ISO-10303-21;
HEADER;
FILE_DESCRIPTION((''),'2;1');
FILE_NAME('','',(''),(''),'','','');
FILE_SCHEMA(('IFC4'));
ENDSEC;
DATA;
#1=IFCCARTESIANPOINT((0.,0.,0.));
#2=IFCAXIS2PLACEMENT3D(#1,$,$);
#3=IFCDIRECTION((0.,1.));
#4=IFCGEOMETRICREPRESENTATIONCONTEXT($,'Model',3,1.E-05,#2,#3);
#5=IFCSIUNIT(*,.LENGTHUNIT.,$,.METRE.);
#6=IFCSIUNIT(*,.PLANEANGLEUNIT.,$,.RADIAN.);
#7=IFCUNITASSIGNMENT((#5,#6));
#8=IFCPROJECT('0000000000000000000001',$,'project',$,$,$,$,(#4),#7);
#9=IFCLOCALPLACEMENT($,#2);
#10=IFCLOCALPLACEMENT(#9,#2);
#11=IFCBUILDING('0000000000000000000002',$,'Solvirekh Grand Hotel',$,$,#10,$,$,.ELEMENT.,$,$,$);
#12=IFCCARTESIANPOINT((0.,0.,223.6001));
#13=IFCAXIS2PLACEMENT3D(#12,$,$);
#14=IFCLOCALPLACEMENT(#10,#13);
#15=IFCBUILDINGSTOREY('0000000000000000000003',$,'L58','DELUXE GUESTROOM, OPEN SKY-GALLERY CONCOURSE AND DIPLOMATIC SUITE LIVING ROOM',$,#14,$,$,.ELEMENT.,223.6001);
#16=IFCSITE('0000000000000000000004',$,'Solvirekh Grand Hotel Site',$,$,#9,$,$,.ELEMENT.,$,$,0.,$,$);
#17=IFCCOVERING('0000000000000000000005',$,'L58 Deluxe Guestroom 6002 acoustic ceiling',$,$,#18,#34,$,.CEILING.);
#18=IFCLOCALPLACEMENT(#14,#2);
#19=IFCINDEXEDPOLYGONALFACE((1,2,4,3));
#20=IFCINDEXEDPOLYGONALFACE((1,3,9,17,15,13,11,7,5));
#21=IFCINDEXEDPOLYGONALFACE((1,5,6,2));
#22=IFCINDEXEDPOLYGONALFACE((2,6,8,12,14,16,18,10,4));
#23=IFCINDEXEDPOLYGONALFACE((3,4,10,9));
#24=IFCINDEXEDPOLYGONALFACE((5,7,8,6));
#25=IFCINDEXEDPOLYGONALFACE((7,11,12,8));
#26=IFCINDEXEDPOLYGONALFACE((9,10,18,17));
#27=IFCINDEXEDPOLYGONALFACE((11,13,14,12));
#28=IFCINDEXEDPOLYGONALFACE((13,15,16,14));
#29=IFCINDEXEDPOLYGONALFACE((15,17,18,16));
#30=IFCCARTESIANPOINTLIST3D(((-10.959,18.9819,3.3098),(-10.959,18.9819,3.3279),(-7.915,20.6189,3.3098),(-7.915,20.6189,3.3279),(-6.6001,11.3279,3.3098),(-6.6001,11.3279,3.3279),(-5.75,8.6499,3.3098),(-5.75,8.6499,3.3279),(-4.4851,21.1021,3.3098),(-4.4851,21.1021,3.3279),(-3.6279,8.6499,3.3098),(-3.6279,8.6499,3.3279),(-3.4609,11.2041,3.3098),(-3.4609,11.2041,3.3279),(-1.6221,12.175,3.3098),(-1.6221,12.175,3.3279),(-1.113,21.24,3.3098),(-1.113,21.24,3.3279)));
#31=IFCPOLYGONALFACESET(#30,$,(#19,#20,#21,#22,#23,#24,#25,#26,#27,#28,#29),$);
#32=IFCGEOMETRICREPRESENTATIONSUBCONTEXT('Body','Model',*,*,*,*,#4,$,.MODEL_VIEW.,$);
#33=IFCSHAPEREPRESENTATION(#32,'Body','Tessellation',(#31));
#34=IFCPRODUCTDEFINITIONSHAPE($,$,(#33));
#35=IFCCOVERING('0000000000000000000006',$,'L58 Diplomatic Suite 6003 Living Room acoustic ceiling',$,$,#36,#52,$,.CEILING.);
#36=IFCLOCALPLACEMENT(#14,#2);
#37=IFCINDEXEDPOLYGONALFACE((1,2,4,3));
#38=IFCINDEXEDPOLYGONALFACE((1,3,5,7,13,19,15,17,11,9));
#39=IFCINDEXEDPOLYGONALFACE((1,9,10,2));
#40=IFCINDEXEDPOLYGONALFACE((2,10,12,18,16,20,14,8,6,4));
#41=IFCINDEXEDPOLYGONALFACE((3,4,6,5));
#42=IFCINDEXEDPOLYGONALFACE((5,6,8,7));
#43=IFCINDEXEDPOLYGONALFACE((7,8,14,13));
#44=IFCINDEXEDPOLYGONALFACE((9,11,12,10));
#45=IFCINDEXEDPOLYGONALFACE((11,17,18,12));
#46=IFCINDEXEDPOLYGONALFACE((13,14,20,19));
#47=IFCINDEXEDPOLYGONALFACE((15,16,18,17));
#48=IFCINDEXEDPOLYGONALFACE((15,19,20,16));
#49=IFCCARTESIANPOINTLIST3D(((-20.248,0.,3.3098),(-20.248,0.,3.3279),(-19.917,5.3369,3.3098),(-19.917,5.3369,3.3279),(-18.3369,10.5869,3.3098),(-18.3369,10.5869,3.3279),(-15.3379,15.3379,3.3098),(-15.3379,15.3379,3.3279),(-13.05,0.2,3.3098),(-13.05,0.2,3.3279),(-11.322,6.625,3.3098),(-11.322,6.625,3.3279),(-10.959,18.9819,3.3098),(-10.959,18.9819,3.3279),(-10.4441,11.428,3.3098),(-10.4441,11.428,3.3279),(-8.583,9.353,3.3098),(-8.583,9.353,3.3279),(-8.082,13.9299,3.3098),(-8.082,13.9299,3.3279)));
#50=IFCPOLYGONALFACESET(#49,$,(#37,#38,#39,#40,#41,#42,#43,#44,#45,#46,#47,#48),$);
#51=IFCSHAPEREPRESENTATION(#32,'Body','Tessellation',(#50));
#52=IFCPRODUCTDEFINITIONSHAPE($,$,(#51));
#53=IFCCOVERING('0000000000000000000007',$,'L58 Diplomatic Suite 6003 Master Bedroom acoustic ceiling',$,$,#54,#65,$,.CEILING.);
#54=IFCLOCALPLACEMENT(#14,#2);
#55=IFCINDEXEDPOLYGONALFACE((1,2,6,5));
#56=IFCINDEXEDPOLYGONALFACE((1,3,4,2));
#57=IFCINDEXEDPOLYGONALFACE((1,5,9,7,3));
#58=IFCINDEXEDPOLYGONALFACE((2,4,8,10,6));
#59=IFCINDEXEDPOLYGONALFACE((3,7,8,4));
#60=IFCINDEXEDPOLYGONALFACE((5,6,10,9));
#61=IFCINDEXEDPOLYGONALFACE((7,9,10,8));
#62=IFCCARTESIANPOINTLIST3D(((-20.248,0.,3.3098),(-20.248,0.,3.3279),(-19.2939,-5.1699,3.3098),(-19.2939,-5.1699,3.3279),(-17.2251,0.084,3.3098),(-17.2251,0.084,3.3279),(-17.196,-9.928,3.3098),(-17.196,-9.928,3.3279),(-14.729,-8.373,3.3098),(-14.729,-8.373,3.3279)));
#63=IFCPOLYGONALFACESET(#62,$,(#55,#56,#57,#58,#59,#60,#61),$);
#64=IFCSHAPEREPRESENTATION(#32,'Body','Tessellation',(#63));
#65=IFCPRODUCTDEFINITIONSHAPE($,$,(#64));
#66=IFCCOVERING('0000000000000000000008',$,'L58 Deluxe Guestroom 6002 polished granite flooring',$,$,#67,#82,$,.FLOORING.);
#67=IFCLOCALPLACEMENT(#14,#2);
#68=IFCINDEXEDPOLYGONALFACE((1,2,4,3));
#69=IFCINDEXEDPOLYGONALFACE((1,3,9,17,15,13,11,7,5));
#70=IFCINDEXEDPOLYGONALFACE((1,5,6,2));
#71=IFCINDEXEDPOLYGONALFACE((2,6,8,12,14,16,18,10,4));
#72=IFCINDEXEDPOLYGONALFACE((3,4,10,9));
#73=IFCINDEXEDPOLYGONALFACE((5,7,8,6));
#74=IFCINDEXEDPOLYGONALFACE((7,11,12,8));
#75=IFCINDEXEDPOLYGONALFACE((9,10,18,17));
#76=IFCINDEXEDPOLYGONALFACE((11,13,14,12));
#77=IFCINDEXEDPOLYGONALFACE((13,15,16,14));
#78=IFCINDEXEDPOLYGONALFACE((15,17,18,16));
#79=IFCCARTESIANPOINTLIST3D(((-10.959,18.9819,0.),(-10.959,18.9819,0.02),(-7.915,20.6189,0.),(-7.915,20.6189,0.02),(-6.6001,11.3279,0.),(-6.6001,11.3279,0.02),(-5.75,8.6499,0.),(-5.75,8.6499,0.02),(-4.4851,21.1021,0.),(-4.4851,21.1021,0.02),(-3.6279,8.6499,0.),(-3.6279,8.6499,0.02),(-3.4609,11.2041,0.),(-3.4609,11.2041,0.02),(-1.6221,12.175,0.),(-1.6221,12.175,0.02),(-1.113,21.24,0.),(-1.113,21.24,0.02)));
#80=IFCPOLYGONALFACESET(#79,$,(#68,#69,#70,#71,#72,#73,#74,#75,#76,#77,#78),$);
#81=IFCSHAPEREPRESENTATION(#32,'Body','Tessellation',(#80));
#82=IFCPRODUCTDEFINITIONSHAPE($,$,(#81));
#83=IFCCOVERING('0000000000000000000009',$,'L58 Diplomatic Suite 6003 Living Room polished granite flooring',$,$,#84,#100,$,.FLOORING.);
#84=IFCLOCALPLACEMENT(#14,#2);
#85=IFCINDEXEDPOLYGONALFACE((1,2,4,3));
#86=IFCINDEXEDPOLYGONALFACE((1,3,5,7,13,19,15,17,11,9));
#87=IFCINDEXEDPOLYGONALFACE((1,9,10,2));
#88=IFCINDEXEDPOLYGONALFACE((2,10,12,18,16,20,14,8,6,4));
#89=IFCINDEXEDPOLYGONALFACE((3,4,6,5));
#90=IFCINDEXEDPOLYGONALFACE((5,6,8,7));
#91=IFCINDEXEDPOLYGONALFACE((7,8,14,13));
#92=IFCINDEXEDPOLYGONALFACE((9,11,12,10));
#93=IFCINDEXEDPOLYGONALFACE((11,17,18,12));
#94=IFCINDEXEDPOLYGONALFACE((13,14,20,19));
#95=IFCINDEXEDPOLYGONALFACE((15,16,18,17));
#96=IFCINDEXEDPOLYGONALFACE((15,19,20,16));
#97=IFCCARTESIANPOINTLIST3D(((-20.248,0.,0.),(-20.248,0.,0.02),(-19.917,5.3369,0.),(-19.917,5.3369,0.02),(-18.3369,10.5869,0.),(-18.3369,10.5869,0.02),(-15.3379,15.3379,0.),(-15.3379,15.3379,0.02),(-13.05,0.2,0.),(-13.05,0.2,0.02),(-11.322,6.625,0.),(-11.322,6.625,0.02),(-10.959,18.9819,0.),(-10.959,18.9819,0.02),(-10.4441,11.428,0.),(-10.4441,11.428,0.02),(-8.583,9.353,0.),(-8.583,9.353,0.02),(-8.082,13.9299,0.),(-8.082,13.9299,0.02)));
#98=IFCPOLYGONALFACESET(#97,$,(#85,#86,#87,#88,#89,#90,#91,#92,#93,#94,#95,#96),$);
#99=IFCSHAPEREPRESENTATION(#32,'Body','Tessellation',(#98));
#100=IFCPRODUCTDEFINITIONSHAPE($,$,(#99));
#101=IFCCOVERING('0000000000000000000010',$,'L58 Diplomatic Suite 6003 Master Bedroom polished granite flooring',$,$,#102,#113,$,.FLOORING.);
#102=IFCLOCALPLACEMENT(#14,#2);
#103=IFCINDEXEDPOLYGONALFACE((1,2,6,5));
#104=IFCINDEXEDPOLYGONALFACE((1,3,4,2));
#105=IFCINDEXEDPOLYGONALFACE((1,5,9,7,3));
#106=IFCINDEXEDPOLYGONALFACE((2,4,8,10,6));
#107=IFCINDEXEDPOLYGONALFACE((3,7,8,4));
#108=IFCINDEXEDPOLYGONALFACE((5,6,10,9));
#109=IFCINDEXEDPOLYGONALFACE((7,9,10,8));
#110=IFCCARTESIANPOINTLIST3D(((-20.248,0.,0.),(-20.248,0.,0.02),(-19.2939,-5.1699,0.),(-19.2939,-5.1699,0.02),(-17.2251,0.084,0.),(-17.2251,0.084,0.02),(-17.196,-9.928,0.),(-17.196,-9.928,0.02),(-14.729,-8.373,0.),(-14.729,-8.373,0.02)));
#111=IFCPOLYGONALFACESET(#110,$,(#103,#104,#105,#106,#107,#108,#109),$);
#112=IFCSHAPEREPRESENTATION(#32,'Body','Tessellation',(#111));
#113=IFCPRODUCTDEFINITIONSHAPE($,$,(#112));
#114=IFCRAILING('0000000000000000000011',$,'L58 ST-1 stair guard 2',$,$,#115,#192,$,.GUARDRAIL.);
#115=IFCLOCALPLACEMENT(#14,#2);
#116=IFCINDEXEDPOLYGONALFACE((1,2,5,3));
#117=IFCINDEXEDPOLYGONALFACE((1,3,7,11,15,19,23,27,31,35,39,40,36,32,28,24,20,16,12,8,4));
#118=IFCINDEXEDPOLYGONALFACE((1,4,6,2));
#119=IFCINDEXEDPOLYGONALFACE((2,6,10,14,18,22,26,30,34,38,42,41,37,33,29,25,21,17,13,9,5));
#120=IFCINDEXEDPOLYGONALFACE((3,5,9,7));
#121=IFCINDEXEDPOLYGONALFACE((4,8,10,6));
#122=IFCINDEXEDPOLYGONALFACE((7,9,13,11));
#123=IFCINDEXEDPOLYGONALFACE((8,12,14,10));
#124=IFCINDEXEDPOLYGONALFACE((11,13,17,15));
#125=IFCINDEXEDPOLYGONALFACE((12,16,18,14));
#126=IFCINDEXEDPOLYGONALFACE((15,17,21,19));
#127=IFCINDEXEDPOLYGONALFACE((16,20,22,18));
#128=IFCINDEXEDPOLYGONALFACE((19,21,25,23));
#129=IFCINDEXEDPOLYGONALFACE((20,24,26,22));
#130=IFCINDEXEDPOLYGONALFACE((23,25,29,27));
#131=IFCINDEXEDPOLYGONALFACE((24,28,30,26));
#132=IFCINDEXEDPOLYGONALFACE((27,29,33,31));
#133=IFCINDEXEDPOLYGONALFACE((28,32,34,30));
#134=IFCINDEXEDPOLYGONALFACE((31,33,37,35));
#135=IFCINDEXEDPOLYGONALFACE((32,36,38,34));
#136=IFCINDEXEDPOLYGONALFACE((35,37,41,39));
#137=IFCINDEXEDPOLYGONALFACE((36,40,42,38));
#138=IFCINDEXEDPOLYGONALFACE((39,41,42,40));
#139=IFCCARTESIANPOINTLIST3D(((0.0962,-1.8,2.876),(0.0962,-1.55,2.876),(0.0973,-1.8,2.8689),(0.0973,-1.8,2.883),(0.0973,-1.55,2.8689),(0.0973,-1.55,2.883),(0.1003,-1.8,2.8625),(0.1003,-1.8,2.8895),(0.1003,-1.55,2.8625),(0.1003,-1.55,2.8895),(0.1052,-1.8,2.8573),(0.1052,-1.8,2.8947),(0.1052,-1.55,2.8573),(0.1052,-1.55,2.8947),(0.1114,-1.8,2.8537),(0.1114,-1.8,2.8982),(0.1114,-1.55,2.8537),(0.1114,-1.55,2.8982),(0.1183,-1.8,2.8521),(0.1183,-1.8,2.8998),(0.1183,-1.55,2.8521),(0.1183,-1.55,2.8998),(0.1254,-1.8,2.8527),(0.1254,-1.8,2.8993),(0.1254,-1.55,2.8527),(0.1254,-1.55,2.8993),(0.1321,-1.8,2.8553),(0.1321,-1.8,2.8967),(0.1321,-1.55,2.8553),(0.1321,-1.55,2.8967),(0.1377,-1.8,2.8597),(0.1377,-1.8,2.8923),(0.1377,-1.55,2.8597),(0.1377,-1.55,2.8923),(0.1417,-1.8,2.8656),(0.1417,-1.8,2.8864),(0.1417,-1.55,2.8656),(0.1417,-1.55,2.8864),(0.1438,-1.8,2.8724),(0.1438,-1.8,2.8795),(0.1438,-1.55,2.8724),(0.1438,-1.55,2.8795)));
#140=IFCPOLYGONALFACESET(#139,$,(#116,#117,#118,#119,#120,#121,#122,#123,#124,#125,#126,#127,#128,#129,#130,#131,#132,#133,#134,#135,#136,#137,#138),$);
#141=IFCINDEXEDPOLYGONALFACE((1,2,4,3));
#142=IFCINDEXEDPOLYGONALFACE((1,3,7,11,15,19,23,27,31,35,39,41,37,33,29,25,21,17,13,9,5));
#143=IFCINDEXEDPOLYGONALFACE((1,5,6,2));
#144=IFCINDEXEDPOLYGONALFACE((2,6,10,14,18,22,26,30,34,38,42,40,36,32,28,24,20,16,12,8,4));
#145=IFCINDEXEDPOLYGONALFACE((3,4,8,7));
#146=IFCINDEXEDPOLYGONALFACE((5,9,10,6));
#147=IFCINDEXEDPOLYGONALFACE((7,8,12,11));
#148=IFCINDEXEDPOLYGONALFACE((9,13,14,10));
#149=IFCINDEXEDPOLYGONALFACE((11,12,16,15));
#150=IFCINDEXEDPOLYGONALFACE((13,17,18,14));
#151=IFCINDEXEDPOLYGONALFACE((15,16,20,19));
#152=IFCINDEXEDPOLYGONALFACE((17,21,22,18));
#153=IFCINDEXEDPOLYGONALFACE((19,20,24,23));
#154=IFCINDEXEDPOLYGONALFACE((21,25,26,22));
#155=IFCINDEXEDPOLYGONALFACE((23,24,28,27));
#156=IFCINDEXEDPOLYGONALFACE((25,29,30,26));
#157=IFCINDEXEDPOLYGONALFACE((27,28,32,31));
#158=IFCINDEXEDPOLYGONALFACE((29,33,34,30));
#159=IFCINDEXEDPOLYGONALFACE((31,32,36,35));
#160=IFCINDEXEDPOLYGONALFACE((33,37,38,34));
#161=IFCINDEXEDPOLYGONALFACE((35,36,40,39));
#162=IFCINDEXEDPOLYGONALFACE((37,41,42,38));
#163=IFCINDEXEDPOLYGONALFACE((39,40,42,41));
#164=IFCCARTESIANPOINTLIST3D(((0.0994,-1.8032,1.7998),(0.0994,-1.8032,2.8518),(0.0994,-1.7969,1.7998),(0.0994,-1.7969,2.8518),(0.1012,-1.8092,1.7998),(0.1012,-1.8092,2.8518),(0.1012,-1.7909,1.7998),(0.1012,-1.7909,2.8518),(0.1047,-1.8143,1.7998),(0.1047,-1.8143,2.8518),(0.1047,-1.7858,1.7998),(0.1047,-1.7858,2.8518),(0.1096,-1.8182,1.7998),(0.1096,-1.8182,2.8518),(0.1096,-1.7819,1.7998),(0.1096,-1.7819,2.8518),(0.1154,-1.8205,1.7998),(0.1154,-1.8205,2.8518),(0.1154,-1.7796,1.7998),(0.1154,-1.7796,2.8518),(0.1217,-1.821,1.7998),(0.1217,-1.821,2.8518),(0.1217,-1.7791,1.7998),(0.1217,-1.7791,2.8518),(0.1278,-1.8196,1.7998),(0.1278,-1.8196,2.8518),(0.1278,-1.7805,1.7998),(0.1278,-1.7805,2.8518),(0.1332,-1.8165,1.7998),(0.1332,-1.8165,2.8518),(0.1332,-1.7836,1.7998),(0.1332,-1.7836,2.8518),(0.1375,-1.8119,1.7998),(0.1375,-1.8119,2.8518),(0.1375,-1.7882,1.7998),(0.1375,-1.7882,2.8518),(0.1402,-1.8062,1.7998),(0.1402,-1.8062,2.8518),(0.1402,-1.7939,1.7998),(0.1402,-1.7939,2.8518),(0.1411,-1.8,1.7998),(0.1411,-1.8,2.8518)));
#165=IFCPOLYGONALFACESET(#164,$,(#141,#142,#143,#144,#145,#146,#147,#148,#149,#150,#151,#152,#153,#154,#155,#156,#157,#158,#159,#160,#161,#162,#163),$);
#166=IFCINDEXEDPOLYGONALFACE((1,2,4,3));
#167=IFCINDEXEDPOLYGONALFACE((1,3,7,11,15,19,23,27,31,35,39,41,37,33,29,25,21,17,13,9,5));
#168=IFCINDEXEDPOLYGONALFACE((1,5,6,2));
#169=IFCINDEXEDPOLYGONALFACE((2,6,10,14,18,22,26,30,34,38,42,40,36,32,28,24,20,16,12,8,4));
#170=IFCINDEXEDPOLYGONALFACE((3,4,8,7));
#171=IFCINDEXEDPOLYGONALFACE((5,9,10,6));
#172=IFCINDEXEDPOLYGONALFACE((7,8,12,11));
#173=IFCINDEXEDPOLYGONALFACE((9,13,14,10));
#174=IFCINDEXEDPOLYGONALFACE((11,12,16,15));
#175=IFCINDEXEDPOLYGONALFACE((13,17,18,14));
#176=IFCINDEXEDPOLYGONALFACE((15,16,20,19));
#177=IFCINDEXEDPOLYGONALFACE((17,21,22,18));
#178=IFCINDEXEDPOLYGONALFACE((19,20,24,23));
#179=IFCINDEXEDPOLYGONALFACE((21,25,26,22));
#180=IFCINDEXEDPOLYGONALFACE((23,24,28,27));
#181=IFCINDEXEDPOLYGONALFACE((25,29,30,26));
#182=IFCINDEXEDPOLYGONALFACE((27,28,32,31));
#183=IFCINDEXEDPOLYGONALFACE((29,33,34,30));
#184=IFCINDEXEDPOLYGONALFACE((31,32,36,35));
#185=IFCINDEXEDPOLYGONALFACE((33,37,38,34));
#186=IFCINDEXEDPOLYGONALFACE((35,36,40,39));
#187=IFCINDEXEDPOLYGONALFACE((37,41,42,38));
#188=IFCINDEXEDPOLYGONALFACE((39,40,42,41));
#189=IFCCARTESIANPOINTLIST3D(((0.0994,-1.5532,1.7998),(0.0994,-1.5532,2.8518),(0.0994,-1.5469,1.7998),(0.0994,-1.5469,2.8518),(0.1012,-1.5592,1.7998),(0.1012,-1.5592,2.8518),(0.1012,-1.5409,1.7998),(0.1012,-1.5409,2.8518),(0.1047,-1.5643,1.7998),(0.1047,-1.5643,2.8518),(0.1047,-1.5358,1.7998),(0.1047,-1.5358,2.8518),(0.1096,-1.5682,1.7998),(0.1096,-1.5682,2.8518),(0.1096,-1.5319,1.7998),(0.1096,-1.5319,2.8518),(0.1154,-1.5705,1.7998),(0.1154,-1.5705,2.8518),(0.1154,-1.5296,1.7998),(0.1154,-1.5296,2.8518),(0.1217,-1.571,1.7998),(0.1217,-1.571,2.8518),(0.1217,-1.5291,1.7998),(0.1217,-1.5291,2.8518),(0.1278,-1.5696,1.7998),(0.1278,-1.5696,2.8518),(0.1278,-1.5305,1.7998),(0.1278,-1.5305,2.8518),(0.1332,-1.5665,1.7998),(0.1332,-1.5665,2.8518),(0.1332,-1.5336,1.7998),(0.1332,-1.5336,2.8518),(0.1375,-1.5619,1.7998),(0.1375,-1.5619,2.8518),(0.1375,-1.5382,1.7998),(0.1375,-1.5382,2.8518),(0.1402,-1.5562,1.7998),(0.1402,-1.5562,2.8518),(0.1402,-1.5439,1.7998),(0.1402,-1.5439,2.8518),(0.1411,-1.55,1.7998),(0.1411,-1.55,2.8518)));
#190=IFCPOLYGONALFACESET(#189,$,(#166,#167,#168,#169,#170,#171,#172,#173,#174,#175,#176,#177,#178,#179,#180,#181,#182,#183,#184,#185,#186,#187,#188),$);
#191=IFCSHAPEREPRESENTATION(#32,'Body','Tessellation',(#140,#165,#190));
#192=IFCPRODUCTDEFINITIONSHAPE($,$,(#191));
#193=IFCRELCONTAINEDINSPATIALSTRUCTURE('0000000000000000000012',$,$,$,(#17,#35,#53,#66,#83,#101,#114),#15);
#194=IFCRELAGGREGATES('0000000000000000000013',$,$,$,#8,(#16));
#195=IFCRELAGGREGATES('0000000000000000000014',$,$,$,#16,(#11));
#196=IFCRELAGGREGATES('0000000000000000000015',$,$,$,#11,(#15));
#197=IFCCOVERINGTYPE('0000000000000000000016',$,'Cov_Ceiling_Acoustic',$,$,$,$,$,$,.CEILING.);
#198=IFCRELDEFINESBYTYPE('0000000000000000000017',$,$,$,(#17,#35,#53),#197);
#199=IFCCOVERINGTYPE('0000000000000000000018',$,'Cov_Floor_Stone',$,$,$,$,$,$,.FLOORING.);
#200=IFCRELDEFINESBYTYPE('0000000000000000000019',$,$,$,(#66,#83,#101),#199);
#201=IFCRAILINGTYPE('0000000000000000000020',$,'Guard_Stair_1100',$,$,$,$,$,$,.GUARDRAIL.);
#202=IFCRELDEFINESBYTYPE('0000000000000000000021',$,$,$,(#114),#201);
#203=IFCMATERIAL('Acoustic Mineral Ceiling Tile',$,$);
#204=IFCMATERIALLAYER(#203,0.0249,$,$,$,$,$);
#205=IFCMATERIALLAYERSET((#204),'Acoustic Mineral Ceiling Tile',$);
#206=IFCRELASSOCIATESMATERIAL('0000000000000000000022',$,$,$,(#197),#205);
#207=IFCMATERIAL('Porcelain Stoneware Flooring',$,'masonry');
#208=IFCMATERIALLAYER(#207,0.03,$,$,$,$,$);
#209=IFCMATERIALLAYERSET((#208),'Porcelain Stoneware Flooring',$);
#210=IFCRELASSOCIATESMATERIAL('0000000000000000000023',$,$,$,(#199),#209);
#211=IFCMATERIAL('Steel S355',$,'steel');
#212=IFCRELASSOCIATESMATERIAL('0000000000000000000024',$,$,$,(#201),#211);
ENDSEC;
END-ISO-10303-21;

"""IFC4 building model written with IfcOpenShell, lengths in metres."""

from ifc_helpers import new_model, si_unit, direction, frame, origin, origin_2d, place, context, subcontext, project, spatial, polyline, circle, outline, extrude, material, layer, layer_set, type_object, element, save


model = new_model("IFC4")

# Units and contexts
model_context = context("Model", 3, precision=1e-05, world=origin(), true_north=direction((0.0, 1.0)))
body_context = subcontext(model_context, "Body", "Model", "MODEL_VIEW")
ifc_project = project(units=[si_unit("LENGTHUNIT", "METRE"), si_unit("PLANEANGLEUNIT", "RADIAN")], contexts=[model_context])

# Site, building, storey
site_placement = place(None, origin())
site = spatial("IfcSite", under=ifc_project, at=site_placement, Name="Solvirekh Grand Hotel Site", CompositionType="ELEMENT", RefElevation=0.0)
building_placement = place(site_placement, origin())
building = spatial("IfcBuilding", under=site, at=building_placement, Name="Solvirekh Grand Hotel", CompositionType="ELEMENT")
storey_placement = place(building_placement, frame((0.0, 0.0, 223.6001)))
storey = spatial("IfcBuildingStorey", under=building, at=storey_placement, Name="L58", Description="DELUXE GUESTROOM, OPEN SKY-GALLERY CONCOURSE AND DIPLOMATIC SUITE LIVING ROOM", CompositionType="ELEMENT", Elevation=223.6001)

# Coverings
ifc_material_1 = material(Name="Acoustic Mineral Ceiling Tile")
ifc_layer_1 = layer(ifc_material_1, 0.0249)
ifc_layer_set_1 = layer_set([ifc_layer_1], Name="Acoustic Mineral Ceiling Tile")
covering_type_1 = type_object("IfcCoveringType", Name="Cov_Ceiling_Acoustic", PredefinedType="CEILING", material=ifc_layer_set_1)
covering_1_placement = place(storey_placement, frame((0.0, 0.0, 3.3098)))
element("IfcCovering", 1, at=covering_1_placement, inside=storey, type_object=covering_type_1, Name="L58 Deluxe Guestroom 6002 acoustic ceiling", PredefinedType="CEILING", context=body_context, shape_type="SweptSolid", body=[
    extrude(outline(polyline([(-3.6279, 8.6499), (-3.4609, 11.2041), (-1.6221, 12.175), (-1.113, 21.24), (-4.4851, 21.1021), (-7.915, 20.6189), (-10.959, 18.9819), (-6.6001, 11.3279), (-5.75, 8.6499), (-3.6279, 8.6499)])), origin(), (0.0, 0.0, 1.0), 0.0181),
])
covering_2_placement = place(storey_placement, frame((0.0, 0.0, 3.3098)))
element("IfcCovering", 2, at=covering_2_placement, inside=storey, type_object=covering_type_1, Name="L58 Diplomatic Suite 6003 Living Room acoustic ceiling", PredefinedType="CEILING", context=body_context, shape_type="SweptSolid", body=[
    extrude(outline(polyline([(-10.4441, 11.428), (-8.082, 13.9299), (-10.959, 18.9819), (-15.3379, 15.3379), (-18.3369, 10.5869), (-19.917, 5.3369), (-20.248, 0.0), (-13.05, 0.2), (-11.322, 6.625), (-8.583, 9.353), (-10.4441, 11.428)])), origin(), (0.0, 0.0, 1.0), 0.0181),
])
covering_3_placement = place(storey_placement, frame((0.0, 0.0, 3.3098)))
element("IfcCovering", 3, at=covering_3_placement, inside=storey, type_object=covering_type_1, Name="L58 Diplomatic Suite 6003 Master Bedroom acoustic ceiling", PredefinedType="CEILING", context=body_context, shape_type="SweptSolid", body=[
    extrude(outline(polyline([(-20.248, 0.0), (-19.2939, -5.1699), (-17.196, -9.928), (-14.729, -8.373), (-17.2251, 0.084), (-20.248, 0.0)])), origin(), (0.0, 0.0, 1.0), 0.0181),
])
ifc_material_2 = material(Name="Porcelain Stoneware Flooring", Category="masonry")
ifc_layer_2 = layer(ifc_material_2, 0.03)
ifc_layer_set_2 = layer_set([ifc_layer_2], Name="Porcelain Stoneware Flooring")
covering_type_2 = type_object("IfcCoveringType", Name="Cov_Floor_Stone", PredefinedType="FLOORING", material=ifc_layer_set_2)
covering_4_placement = place(storey_placement, origin())
element("IfcCovering", 4, at=covering_4_placement, inside=storey, type_object=covering_type_2, Name="L58 Deluxe Guestroom 6002 polished granite flooring", PredefinedType="FLOORING", context=body_context, shape_type="SweptSolid", body=[
    extrude(outline(polyline([(-3.6279, 8.6499), (-3.4609, 11.2041), (-1.6221, 12.175), (-1.113, 21.24), (-4.4851, 21.1021), (-7.915, 20.6189), (-10.959, 18.9819), (-6.6001, 11.3279), (-5.75, 8.6499), (-3.6279, 8.6499)])), origin(), (0.0, 0.0, 1.0), 0.02),
])
covering_5_placement = place(storey_placement, origin())
element("IfcCovering", 5, at=covering_5_placement, inside=storey, type_object=covering_type_2, Name="L58 Diplomatic Suite 6003 Living Room polished granite flooring", PredefinedType="FLOORING", context=body_context, shape_type="SweptSolid", body=[
    extrude(outline(polyline([(-10.4441, 11.428), (-8.082, 13.9299), (-10.959, 18.9819), (-15.3379, 15.3379), (-18.3369, 10.5869), (-19.917, 5.3369), (-20.248, 0.0), (-13.05, 0.2), (-11.322, 6.625), (-8.583, 9.353), (-10.4441, 11.428)])), origin(), (0.0, 0.0, 1.0), 0.02),
])
covering_6_placement = place(storey_placement, origin())
element("IfcCovering", 6, at=covering_6_placement, inside=storey, type_object=covering_type_2, Name="L58 Diplomatic Suite 6003 Master Bedroom polished granite flooring", PredefinedType="FLOORING", context=body_context, shape_type="SweptSolid", body=[
    extrude(outline(polyline([(-20.248, 0.0), (-19.2939, -5.1699), (-17.196, -9.928), (-14.729, -8.373), (-17.2251, 0.084), (-20.248, 0.0)])), origin(), (0.0, 0.0, 1.0), 0.02),
])

# Railing
ifc_material_3 = material(Name="Steel S355", Category="steel")
railing_type_1 = type_object("IfcRailingType", Name="Guard_Stair_1100", PredefinedType="GUARDRAIL", material=ifc_material_3)
railing_1_placement = place(storey_placement, frame((0.1201, -1.8, 1.7998)))
element("IfcRailing", 7, at=railing_1_placement, inside=storey, type_object=railing_type_1, Name="L58 ST-1 stair guard 2", PredefinedType="GUARDRAIL", context=body_context, shape_type="SweptSolid", body=[
    extrude(circle(Radius=0.0239, at=origin_2d()), frame((0.0, 0.0, 1.0762), z_axis=(0.0, 1.0, 0.0), x_axis=(-1.0, 0.0, 0.0)), (0.0, 0.0, 1.0), 0.25),
    extrude(circle(Radius=0.021, at=origin_2d()), origin(), (0.0, 0.0, 1.0), 1.052),
    extrude(circle(Radius=0.021, at=origin_2d()), frame((0.0, 0.25, 0.0)), (0.0, 0.0, 1.0), 1.052),
])

save(model, "model.ifc")
